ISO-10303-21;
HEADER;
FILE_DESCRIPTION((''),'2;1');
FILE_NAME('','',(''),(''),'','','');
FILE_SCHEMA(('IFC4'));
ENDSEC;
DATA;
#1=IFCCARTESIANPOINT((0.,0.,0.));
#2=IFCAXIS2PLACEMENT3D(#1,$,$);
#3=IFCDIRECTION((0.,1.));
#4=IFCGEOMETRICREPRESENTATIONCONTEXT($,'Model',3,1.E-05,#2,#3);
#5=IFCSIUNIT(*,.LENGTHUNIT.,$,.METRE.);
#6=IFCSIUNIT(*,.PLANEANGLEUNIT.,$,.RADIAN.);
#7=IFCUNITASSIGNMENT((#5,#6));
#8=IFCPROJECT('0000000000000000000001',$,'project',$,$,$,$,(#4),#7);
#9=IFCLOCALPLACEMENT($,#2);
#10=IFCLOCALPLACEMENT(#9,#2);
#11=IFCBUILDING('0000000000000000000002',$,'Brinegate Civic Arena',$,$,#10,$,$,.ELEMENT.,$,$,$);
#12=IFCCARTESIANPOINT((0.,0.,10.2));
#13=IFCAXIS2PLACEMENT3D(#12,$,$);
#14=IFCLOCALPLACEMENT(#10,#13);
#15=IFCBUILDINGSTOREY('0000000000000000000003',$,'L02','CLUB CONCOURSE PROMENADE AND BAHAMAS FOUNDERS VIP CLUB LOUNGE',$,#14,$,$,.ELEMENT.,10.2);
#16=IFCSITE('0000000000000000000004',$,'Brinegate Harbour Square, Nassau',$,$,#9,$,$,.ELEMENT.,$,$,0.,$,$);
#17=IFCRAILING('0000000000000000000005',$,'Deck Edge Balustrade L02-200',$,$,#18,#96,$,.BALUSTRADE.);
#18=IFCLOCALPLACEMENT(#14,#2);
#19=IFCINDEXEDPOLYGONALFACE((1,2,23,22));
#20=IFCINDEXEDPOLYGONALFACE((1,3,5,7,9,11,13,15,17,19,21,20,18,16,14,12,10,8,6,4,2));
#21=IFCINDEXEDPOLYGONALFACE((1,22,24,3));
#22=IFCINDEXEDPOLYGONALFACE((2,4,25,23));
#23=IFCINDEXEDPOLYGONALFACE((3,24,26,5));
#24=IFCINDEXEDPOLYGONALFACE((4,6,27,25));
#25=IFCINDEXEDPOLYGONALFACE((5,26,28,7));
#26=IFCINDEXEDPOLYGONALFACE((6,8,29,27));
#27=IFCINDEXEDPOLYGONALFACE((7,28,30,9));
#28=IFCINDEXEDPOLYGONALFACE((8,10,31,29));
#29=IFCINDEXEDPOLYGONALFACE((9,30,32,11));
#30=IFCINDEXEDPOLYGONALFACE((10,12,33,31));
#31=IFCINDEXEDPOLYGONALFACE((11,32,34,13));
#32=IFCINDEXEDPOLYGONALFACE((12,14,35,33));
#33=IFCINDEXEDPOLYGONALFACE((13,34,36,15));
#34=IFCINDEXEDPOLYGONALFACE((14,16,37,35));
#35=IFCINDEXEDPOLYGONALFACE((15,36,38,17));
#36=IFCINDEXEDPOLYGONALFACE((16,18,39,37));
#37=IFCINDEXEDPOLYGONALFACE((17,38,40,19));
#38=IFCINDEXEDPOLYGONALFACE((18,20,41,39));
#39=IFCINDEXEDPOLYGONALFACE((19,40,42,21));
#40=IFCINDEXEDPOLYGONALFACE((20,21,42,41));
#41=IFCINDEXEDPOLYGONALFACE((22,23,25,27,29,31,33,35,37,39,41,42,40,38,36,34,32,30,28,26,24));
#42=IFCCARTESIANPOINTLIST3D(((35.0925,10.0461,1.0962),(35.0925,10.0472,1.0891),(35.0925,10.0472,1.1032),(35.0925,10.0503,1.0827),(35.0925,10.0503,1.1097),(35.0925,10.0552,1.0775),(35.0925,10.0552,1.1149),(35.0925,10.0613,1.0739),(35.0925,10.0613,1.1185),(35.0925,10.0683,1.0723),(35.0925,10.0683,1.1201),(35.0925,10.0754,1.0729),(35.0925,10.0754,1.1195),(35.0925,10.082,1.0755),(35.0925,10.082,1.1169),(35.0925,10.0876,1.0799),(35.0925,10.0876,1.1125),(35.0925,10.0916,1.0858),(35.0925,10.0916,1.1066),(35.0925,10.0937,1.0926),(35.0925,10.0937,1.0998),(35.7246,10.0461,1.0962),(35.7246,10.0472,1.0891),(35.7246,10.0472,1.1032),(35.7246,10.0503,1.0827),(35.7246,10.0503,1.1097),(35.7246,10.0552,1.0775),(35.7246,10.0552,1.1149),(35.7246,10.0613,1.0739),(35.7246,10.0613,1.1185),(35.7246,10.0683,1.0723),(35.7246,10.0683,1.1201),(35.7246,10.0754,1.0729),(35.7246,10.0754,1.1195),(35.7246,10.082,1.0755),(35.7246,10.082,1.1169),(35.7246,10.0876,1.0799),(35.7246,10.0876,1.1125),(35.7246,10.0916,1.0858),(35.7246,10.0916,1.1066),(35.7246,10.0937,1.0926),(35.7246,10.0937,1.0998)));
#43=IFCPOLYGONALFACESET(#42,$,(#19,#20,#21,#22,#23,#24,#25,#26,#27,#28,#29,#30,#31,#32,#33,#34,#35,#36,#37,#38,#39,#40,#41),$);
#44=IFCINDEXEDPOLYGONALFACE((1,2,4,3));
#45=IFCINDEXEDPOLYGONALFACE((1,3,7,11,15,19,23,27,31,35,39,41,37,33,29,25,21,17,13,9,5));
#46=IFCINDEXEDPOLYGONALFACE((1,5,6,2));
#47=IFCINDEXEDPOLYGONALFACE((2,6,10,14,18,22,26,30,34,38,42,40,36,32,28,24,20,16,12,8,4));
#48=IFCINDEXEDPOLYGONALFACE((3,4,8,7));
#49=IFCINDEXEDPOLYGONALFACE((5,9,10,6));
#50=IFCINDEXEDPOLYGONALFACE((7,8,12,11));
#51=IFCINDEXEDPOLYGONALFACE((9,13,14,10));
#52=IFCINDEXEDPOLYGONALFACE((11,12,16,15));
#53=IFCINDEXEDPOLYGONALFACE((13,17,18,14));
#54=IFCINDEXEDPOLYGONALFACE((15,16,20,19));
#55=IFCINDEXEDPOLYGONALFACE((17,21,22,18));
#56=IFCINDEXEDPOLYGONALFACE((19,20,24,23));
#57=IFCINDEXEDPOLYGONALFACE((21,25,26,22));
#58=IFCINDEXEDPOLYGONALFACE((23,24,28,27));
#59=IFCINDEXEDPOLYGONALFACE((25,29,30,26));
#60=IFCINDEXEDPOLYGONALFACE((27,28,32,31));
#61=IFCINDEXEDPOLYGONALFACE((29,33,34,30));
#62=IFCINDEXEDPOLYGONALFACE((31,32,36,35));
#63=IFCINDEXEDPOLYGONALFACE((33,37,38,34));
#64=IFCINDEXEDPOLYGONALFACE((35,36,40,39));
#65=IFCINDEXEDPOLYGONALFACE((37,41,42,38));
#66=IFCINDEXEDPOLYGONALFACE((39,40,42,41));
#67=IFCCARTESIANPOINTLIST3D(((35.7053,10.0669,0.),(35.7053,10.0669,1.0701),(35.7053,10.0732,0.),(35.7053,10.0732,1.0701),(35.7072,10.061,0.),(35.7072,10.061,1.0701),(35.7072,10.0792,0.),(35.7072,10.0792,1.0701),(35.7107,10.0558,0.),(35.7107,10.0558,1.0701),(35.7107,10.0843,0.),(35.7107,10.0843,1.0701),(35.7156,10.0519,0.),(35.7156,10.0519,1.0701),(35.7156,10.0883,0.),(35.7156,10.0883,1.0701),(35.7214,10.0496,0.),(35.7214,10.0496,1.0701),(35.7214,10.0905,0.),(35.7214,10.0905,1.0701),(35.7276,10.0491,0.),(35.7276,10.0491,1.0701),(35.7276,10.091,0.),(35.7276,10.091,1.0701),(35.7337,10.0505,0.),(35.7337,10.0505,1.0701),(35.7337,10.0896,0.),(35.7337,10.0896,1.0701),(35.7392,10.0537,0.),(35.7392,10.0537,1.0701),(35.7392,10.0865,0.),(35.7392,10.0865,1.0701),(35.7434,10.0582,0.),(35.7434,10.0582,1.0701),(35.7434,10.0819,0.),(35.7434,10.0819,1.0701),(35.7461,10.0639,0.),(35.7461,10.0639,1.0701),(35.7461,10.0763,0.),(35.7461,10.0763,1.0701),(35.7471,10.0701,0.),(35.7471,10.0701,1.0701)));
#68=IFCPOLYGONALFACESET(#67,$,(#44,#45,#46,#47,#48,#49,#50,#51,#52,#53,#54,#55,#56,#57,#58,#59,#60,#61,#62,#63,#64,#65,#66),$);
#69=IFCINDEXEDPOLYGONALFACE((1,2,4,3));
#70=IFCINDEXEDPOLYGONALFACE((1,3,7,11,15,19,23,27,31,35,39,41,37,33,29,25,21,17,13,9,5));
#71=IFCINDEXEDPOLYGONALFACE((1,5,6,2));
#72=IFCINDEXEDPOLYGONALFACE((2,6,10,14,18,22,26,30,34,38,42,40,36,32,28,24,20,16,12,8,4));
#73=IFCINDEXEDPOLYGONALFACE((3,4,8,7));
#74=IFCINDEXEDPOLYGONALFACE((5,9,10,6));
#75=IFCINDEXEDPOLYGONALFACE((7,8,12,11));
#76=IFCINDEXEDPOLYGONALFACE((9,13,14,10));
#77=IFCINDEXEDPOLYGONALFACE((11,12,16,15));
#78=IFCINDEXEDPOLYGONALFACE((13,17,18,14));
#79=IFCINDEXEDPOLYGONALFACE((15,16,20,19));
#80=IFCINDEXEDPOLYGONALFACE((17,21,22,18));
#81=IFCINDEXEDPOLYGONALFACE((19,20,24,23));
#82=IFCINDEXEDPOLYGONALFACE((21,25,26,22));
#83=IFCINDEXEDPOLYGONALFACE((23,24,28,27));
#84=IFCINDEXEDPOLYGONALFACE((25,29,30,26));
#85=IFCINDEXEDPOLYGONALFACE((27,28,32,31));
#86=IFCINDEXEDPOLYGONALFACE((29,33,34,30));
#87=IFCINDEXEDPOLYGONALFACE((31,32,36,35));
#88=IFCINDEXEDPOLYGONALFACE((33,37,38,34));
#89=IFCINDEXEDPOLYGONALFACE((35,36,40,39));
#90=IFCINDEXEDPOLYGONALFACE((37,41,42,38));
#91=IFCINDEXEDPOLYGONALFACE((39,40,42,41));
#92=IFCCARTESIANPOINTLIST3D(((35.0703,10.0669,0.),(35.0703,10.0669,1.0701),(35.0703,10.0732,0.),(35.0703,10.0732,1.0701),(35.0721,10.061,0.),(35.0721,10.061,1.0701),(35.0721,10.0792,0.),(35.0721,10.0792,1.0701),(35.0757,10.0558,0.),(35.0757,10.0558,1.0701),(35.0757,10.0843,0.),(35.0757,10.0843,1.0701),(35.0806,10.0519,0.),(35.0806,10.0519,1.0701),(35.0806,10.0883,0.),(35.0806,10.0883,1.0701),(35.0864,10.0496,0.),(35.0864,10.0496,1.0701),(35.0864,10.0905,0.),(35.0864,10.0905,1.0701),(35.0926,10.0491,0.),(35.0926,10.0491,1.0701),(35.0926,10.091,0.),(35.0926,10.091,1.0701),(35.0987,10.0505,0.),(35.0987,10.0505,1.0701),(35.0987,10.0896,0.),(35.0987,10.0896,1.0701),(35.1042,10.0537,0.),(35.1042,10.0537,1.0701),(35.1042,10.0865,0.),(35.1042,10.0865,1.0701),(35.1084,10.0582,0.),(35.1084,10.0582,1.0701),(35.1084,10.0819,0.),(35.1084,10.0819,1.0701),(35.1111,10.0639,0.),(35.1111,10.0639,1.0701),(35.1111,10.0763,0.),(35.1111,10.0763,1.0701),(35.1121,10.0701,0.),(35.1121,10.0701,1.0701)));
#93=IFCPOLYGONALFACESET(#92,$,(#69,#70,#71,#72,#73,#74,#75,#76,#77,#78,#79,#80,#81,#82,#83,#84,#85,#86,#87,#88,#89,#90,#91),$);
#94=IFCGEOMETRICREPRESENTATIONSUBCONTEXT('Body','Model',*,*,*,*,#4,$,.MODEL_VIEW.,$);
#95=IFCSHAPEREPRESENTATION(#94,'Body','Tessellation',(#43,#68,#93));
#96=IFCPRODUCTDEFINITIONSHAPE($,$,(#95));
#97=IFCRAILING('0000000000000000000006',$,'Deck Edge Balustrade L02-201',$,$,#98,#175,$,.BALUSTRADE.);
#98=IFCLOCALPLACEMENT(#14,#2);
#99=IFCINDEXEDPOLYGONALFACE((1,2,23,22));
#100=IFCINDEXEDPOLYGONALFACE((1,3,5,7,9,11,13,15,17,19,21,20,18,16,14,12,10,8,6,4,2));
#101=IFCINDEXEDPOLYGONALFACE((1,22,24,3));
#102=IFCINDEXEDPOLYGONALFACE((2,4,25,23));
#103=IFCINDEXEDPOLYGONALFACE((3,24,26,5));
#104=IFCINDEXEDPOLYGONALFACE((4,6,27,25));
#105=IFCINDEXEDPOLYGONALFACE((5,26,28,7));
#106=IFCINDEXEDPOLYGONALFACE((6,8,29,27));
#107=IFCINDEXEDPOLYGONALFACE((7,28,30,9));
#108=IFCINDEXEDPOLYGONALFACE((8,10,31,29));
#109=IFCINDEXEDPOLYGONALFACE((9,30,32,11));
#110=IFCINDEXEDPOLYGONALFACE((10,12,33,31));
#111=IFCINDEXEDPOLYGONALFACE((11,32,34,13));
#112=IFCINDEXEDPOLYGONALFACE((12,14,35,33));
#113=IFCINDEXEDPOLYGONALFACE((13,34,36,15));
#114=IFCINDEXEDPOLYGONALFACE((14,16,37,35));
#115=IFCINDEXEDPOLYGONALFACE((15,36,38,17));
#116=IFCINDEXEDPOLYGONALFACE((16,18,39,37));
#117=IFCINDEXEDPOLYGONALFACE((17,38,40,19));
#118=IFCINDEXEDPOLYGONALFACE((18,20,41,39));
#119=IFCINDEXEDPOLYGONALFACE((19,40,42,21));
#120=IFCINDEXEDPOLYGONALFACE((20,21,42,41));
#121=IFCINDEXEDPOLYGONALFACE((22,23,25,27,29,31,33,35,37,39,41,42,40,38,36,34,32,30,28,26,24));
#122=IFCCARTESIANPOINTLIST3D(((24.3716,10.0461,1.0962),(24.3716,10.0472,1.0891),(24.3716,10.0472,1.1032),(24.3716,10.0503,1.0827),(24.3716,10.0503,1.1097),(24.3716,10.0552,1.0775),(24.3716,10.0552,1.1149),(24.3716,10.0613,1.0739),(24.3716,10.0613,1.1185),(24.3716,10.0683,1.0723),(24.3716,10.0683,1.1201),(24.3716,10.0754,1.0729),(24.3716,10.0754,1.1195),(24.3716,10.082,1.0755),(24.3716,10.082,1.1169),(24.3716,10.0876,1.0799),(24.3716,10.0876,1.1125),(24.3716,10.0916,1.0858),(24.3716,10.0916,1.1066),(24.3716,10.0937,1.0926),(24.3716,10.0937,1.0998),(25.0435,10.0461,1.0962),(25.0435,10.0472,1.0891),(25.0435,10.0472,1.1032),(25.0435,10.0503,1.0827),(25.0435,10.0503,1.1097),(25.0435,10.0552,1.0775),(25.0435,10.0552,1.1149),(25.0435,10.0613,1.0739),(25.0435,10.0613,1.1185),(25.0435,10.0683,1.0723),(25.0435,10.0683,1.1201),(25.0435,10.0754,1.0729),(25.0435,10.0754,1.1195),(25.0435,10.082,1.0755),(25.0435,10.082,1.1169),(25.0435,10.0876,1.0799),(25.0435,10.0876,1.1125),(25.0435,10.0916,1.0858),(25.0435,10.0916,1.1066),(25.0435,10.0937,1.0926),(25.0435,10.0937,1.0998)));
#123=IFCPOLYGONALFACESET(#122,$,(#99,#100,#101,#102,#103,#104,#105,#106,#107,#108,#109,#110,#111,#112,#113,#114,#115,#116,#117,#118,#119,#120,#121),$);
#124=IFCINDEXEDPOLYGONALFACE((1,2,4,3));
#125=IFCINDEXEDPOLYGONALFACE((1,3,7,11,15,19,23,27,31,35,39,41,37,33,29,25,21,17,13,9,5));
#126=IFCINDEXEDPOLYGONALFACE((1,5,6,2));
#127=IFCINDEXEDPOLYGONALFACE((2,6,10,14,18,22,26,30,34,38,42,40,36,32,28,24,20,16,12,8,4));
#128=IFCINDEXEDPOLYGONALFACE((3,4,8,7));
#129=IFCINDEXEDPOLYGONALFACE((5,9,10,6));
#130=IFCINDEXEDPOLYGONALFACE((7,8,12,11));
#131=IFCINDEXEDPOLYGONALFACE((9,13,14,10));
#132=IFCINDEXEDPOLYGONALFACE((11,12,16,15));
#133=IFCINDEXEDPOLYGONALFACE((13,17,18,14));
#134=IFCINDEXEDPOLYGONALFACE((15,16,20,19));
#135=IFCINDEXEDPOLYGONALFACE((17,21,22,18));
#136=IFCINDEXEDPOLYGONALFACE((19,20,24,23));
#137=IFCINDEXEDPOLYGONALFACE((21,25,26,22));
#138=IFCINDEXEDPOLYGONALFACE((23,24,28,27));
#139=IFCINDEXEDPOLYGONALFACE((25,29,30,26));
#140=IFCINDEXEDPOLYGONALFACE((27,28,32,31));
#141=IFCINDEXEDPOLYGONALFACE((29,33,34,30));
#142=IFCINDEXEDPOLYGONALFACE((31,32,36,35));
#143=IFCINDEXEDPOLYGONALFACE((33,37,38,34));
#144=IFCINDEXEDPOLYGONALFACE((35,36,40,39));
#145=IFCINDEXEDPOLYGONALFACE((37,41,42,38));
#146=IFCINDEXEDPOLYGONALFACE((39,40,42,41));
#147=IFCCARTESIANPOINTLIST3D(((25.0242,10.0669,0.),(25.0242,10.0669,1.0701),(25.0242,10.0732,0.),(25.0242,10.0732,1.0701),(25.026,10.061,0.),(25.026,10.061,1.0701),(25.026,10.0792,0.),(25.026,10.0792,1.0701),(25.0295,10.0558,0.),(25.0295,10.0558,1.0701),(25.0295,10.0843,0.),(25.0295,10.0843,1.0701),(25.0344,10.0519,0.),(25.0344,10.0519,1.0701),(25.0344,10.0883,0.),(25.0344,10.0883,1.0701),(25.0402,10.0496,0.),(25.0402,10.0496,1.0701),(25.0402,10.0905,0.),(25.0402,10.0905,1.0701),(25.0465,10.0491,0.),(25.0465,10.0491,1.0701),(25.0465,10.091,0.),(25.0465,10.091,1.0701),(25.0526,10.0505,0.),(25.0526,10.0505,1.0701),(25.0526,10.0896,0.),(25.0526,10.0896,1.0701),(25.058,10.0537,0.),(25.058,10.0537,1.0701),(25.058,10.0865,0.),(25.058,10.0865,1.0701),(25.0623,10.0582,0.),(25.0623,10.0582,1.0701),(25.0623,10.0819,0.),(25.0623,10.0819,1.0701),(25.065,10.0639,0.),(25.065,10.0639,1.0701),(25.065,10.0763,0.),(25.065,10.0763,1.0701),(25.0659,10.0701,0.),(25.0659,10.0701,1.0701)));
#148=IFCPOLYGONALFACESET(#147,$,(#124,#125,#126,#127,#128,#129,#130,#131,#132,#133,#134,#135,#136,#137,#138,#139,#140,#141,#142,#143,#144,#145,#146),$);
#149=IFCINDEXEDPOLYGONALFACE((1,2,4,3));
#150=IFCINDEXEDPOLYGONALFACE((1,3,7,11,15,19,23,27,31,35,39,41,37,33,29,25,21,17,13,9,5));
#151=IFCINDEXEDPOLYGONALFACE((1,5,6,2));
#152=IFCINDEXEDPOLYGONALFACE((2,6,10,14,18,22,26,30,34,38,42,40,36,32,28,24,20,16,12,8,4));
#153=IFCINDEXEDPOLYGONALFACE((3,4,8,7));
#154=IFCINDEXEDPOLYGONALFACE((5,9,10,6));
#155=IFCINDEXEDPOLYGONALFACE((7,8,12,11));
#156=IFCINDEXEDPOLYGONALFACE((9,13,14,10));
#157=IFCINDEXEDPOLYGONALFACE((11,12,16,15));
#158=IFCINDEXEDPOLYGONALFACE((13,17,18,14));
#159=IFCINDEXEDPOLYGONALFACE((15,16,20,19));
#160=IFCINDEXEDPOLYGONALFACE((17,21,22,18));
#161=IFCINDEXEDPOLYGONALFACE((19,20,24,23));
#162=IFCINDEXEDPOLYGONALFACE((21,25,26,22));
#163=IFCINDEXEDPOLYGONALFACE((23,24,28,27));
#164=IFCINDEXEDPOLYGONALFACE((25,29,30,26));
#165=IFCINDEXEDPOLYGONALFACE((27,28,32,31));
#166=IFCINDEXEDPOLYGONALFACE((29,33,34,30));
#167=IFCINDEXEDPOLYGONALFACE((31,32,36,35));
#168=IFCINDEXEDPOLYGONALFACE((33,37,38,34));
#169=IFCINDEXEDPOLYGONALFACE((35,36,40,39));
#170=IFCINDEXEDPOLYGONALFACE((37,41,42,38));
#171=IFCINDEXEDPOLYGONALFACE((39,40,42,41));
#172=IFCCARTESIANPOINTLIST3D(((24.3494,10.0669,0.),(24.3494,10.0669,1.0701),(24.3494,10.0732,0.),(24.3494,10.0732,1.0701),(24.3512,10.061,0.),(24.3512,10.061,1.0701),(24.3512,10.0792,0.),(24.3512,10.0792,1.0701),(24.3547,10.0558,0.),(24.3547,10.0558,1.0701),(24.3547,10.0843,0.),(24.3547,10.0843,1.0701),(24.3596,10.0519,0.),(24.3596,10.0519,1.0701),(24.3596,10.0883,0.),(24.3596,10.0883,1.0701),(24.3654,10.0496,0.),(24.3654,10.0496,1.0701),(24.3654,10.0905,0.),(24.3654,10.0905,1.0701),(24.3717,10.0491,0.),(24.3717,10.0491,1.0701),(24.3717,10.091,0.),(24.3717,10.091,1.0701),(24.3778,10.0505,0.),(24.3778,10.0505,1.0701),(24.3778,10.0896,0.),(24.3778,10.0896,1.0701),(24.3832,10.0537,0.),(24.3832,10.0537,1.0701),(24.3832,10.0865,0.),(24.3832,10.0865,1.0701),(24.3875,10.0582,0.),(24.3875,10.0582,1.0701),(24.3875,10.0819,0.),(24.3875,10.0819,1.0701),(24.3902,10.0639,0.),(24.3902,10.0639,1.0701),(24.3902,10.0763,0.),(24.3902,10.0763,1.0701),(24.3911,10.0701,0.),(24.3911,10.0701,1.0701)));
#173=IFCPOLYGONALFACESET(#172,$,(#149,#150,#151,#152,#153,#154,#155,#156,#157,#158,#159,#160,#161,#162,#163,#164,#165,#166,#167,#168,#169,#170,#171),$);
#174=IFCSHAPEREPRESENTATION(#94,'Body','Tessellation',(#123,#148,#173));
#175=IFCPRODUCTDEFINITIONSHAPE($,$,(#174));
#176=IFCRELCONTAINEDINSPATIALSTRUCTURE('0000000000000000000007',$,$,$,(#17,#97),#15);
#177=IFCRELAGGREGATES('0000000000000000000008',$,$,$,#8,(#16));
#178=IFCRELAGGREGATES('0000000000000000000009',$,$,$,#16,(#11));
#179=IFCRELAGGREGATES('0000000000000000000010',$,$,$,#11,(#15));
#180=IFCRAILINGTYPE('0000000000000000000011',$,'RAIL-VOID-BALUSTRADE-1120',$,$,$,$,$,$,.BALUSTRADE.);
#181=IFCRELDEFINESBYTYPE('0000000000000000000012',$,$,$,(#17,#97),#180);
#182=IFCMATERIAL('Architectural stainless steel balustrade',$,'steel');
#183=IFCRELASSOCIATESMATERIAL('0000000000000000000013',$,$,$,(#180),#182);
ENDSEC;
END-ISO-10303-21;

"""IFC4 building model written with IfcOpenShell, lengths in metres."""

from ifc_helpers import new_model, si_unit, direction, frame, origin, origin_2d, place, context, subcontext, project, spatial, circle, extrude, material, type_object, element, save


model = new_model("IFC4")

# Units and contexts
model_context = context("Model", 3, precision=1e-05, world=origin(), true_north=direction((0.0, 1.0)))
body_context = subcontext(model_context, "Body", "Model", "MODEL_VIEW")
ifc_project = project(units=[si_unit("LENGTHUNIT", "METRE"), si_unit("PLANEANGLEUNIT", "RADIAN")], contexts=[model_context])

# Site, building, storey
site_placement = place(None, origin())
site = spatial("IfcSite", under=ifc_project, at=site_placement, Name="Brinegate Harbour Square, Nassau", CompositionType="ELEMENT", RefElevation=0.0)
building_placement = place(site_placement, origin())
building = spatial("IfcBuilding", under=site, at=building_placement, Name="Brinegate Civic Arena", CompositionType="ELEMENT")
storey_placement = place(building_placement, frame((0.0, 0.0, 10.2)))
storey = spatial("IfcBuildingStorey", under=building, at=storey_placement, Name="L02", Description="CLUB CONCOURSE PROMENADE AND BAHAMAS FOUNDERS VIP CLUB LOUNGE", CompositionType="ELEMENT", Elevation=10.2)

# Railings
ifc_material_1 = material(Name="Architectural stainless steel balustrade", Category="steel")
railing_type = type_object("IfcRailingType", Name="RAIL-VOID-BALUSTRADE-1120", PredefinedType="BALUSTRADE", material=ifc_material_1)
for number, where, name in (
    (1, (35.7261, 10.0701, 0.0), "Deck Edge Balustrade L02-200"),
):
    element("IfcRailing", number, at=place(storey_placement, frame(where)), inside=storey, type_object=railing_type, Name=name, PredefinedType="BALUSTRADE", context=body_context, shape_type="SweptSolid", body=[
        extrude(circle(Radius=0.0239, at=origin_2d()), frame((-0.0015, 0.0, 1.0962), z_axis=(-1.0, 0.0, 0.0), x_axis=(0.0, -1.0, 0.0)), (0.0, 0.0, 1.0), 0.6321),
        extrude(circle(Radius=0.021, at=origin_2d()), origin(), (0.0, 0.0, 1.0), 1.0701),
        extrude(circle(Radius=0.021, at=origin_2d()), frame((-0.635, 0.0, 0.0)), (0.0, 0.0, 1.0), 1.0701),
    ])
railing_1_placement = place(storey_placement, frame((25.0449, 10.0701, 0.0)))
element("IfcRailing", 2, at=railing_1_placement, inside=storey, type_object=railing_type, Name="Deck Edge Balustrade L02-201", PredefinedType="BALUSTRADE", context=body_context, shape_type="SweptSolid", body=[
    extrude(circle(Radius=0.0239, at=origin_2d()), frame((-0.0015, 0.0, 1.0962), z_axis=(-1.0, 0.0, 0.0), x_axis=(0.0, -1.0, 0.0)), (0.0, 0.0, 1.0), 0.6719),
    extrude(circle(Radius=0.021, at=origin_2d()), origin(), (0.0, 0.0, 1.0), 1.0701),
    extrude(circle(Radius=0.021, at=origin_2d()), frame((-0.6748, 0.0, 0.0)), (0.0, 0.0, 1.0), 1.0701),
])

save(model, "model.ifc")
